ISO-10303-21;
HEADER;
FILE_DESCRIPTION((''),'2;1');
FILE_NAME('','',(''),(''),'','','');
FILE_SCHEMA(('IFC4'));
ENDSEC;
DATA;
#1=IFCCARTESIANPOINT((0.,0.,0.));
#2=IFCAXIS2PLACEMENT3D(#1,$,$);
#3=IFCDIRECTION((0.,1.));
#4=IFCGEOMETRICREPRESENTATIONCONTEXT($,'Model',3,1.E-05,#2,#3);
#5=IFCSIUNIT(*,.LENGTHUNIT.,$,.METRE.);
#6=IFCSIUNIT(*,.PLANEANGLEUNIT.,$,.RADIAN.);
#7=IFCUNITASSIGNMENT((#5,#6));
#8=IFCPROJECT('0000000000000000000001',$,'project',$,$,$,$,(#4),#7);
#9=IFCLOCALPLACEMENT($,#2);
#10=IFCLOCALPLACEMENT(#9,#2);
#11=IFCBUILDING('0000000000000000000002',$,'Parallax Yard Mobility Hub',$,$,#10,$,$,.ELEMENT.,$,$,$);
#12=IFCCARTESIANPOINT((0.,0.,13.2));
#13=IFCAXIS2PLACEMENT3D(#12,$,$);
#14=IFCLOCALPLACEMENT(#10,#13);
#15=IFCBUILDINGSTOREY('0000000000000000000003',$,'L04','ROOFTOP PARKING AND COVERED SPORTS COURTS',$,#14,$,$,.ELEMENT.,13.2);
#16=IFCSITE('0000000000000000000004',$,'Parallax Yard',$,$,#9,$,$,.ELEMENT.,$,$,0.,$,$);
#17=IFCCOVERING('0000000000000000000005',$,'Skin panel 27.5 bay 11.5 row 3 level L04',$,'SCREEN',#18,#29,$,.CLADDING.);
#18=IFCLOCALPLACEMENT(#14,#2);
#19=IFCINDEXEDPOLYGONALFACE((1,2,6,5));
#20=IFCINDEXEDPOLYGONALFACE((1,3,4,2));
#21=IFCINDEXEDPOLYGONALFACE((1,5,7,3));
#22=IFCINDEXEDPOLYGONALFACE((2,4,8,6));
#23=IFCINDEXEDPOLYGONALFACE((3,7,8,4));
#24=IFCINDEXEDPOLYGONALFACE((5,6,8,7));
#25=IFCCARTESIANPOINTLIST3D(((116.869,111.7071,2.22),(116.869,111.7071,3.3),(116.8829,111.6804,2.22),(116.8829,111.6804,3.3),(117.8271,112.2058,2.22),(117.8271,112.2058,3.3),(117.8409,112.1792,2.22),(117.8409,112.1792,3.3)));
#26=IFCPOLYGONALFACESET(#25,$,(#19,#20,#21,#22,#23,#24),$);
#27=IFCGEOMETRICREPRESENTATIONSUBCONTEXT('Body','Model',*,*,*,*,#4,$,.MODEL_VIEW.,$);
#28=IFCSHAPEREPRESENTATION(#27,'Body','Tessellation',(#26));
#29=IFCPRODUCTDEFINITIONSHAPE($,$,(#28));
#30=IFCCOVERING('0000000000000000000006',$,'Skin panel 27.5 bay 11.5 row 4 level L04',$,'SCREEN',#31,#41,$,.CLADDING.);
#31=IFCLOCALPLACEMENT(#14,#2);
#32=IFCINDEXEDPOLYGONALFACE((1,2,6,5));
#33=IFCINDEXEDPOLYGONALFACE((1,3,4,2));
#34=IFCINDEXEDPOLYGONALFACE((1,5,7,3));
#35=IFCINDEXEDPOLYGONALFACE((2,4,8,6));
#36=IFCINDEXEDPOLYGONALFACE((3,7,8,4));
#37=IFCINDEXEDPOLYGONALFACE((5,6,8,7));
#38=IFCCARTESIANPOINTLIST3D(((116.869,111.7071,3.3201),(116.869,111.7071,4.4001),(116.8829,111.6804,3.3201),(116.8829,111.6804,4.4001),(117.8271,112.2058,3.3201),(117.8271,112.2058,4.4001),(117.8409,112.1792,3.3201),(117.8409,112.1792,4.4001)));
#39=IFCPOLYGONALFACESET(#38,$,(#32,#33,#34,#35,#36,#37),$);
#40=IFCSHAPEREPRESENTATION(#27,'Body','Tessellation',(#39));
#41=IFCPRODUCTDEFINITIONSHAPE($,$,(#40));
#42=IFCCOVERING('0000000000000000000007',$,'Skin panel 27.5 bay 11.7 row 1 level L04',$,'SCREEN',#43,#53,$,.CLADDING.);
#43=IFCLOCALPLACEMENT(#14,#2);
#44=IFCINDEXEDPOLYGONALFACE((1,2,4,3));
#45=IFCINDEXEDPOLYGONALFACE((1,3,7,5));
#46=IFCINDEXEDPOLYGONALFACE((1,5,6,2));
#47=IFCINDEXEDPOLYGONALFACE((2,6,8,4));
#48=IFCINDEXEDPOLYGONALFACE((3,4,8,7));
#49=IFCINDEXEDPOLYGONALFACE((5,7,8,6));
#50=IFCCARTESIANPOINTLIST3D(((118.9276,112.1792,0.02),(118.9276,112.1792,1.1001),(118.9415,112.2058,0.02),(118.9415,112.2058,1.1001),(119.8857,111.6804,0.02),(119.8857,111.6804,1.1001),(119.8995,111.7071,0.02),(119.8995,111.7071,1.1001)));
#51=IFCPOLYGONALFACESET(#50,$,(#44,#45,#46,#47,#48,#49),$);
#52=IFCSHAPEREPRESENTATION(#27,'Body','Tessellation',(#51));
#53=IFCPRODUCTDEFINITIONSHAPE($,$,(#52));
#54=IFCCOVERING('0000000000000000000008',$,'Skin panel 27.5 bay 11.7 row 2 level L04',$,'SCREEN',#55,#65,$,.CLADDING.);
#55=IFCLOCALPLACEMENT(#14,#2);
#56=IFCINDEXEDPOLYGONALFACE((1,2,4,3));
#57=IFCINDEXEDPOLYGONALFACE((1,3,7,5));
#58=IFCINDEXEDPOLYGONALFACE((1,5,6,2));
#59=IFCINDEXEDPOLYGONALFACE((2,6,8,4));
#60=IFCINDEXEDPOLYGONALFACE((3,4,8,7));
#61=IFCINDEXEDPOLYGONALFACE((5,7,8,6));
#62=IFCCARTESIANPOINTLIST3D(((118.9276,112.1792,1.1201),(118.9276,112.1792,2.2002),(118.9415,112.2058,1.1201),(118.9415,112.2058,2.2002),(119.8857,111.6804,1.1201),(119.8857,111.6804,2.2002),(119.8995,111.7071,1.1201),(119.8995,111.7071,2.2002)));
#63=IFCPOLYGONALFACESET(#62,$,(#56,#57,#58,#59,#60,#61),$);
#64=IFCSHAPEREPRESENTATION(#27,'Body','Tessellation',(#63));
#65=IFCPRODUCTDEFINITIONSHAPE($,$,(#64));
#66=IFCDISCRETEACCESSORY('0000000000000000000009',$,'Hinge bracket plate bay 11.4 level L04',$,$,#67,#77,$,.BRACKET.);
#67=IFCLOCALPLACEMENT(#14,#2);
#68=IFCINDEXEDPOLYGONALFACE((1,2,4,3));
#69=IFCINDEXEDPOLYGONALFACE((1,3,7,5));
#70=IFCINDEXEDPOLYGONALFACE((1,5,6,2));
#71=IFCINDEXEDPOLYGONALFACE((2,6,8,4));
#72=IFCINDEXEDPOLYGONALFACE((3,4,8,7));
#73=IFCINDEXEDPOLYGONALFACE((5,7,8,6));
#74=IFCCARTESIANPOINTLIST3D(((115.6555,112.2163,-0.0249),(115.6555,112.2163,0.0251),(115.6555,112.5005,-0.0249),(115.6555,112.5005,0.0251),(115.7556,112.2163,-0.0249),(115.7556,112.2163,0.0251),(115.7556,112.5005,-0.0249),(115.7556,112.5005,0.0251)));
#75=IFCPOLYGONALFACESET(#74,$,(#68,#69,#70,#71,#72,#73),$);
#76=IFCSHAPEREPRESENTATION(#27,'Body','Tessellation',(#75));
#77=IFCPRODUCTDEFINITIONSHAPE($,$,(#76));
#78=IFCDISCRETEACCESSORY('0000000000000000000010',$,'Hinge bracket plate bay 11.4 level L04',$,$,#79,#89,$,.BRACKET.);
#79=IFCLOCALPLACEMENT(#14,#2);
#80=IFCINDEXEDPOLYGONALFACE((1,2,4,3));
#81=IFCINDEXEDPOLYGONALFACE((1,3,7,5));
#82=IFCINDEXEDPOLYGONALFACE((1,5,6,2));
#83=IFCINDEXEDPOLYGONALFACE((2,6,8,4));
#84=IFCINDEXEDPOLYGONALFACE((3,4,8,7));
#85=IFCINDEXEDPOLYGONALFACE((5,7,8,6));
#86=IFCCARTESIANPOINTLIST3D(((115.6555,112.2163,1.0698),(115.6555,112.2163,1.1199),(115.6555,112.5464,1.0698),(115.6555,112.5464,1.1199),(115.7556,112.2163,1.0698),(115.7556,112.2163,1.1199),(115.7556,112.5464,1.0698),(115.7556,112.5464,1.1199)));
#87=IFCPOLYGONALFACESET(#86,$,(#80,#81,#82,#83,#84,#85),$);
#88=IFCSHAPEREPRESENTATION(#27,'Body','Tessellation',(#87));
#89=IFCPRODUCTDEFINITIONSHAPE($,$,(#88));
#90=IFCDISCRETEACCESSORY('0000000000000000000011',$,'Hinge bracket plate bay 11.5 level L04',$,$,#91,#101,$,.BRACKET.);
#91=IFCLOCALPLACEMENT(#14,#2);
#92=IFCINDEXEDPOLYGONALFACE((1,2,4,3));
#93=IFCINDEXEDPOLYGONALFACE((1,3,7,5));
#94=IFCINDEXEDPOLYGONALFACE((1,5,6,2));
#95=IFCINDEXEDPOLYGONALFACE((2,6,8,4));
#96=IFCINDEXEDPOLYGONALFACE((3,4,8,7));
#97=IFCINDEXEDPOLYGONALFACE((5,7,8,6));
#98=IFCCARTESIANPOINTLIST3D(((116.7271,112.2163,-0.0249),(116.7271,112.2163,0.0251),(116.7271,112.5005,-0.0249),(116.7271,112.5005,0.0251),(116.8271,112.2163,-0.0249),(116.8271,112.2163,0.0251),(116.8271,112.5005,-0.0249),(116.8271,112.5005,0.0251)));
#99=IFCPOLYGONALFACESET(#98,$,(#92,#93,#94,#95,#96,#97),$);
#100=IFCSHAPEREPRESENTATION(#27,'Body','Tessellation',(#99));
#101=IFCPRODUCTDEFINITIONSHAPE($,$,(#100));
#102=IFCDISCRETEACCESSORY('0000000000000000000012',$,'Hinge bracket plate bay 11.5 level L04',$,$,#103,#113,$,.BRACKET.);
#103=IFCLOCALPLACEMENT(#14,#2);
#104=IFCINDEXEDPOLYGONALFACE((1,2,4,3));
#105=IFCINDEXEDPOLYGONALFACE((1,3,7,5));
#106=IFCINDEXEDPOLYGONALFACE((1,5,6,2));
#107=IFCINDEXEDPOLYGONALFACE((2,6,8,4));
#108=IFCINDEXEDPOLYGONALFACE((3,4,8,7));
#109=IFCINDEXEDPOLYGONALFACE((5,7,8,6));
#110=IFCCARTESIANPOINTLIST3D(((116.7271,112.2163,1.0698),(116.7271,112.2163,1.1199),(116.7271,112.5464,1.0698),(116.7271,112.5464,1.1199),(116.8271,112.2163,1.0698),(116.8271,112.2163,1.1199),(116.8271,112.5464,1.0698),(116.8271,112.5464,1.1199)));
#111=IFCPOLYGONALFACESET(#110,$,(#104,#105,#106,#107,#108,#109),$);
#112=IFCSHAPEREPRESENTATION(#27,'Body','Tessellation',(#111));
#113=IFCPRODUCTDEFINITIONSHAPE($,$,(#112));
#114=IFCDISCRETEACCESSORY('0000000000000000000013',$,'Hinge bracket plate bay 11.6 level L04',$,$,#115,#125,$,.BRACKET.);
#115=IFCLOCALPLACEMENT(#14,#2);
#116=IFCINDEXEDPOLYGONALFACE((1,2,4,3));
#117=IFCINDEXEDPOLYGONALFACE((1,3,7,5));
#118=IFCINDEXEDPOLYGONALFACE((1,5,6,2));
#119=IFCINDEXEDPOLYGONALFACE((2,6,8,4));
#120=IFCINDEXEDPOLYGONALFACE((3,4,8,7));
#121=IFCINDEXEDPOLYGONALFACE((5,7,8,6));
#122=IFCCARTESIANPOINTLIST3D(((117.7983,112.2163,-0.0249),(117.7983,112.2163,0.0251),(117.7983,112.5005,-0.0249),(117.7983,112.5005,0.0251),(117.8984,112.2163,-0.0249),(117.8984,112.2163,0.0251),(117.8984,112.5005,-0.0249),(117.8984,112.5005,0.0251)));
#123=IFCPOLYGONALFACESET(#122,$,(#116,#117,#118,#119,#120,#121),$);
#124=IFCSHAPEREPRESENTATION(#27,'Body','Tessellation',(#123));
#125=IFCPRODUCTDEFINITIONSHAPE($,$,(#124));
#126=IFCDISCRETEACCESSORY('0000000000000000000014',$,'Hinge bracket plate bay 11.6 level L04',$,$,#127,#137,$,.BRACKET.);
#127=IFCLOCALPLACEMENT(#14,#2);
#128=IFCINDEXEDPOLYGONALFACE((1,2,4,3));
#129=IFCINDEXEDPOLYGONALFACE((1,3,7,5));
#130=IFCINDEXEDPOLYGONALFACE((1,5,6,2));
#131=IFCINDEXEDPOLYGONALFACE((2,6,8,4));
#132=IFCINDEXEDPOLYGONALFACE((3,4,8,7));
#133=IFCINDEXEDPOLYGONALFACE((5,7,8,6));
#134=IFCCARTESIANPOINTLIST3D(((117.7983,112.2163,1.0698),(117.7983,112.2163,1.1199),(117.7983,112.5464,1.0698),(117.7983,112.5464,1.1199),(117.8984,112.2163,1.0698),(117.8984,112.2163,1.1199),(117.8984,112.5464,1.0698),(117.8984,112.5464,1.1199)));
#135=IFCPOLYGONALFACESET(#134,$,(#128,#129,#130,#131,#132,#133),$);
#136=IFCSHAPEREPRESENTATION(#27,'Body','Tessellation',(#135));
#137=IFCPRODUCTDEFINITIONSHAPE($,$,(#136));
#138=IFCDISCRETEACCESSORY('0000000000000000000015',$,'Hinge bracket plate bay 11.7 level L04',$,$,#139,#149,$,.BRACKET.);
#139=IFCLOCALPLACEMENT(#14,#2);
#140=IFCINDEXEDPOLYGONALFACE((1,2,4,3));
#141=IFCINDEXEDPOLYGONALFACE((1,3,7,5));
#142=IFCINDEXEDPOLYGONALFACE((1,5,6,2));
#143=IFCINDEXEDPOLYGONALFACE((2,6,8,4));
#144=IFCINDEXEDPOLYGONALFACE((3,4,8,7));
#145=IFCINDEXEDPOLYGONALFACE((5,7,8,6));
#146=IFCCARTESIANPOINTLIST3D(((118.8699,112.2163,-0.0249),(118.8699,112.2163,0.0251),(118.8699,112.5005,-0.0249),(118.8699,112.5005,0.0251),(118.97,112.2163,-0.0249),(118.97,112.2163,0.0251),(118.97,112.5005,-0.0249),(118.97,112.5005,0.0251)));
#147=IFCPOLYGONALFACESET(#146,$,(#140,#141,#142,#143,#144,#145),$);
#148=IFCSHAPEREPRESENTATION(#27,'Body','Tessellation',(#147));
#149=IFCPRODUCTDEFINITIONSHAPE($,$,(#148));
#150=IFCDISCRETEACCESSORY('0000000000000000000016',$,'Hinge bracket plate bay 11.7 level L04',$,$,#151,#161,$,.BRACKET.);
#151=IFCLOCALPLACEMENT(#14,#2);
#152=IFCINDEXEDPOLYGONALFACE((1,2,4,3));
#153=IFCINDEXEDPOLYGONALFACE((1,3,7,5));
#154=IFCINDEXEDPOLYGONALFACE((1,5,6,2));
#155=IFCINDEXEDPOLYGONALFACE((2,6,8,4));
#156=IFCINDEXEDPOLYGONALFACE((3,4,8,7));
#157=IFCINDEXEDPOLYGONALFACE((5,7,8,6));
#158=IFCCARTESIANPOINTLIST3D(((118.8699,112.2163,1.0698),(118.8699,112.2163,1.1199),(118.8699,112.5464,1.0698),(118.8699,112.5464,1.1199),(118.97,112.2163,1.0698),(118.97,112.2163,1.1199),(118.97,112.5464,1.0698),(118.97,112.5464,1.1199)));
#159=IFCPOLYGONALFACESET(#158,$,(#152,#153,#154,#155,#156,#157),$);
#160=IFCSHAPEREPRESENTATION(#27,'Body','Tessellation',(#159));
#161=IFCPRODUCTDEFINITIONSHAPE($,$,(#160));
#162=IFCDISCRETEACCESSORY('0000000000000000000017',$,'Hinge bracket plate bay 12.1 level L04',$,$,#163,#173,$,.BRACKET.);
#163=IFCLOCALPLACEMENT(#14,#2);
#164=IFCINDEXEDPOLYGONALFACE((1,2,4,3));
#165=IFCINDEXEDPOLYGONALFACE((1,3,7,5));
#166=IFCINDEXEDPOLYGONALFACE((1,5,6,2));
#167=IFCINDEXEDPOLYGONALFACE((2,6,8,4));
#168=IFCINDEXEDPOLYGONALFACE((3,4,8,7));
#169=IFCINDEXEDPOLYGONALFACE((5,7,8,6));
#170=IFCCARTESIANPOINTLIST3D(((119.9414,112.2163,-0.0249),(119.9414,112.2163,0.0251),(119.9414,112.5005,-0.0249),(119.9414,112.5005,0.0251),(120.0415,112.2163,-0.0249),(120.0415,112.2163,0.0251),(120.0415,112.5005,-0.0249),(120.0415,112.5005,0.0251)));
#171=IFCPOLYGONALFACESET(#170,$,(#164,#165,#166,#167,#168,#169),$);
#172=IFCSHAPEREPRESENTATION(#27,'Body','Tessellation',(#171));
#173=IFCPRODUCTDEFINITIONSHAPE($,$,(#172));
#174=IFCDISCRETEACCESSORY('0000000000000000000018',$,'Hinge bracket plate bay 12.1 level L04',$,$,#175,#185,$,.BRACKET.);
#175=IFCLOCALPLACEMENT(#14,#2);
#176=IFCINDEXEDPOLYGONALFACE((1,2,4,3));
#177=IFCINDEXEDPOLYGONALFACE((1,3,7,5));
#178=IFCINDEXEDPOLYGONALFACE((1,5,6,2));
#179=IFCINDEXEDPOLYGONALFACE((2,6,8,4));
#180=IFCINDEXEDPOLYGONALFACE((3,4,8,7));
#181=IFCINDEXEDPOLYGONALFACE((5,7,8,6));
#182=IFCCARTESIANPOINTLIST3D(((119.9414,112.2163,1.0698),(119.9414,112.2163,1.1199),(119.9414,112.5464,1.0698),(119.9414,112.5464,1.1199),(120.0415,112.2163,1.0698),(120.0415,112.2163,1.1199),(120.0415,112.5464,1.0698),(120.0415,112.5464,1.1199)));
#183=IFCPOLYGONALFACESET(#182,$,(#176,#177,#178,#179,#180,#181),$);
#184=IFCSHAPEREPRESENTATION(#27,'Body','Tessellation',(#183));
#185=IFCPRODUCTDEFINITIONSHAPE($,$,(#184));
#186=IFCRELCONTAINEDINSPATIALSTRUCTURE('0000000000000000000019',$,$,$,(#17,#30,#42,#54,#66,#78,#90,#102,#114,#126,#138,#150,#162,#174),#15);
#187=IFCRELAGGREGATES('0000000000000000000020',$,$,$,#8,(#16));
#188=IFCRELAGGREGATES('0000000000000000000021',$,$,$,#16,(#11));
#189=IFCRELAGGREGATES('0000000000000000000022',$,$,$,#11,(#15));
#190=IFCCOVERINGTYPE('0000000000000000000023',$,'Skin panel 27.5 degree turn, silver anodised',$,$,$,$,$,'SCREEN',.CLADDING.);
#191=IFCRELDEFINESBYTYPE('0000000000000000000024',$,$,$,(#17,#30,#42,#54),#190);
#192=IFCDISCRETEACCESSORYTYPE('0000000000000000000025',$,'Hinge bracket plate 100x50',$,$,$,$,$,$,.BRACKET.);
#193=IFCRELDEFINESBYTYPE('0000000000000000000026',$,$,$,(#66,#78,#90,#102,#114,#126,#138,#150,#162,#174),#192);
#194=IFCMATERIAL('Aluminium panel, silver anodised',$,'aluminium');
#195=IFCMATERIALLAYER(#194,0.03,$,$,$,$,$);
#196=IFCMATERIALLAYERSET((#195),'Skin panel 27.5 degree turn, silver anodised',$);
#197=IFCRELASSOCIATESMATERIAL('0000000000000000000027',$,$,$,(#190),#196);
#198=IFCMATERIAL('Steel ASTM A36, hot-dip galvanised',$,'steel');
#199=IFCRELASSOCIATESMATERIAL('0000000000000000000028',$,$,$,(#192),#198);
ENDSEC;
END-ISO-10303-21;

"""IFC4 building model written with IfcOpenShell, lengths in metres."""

from ifc_helpers import new_model, si_unit, direction, frame, origin, origin_2d, place, context, subcontext, project, spatial, rectangle, extrude, material, layer, layer_set, type_object, element, save


model = new_model("IFC4")

# Units and contexts
model_context = context("Model", 3, precision=1e-05, world=origin(), true_north=direction((0.0, 1.0)))
body_context = subcontext(model_context, "Body", "Model", "MODEL_VIEW")
ifc_project = project(units=[si_unit("LENGTHUNIT", "METRE"), si_unit("PLANEANGLEUNIT", "RADIAN")], contexts=[model_context])

# Site, building, storey
site_placement = place(None, origin())
site = spatial("IfcSite", under=ifc_project, at=site_placement, Name="Parallax Yard", CompositionType="ELEMENT", RefElevation=0.0)
building_placement = place(site_placement, origin())
building = spatial("IfcBuilding", under=site, at=building_placement, Name="Parallax Yard Mobility Hub", CompositionType="ELEMENT")
storey_placement = place(building_placement, frame((0.0, 0.0, 13.2)))
storey = spatial("IfcBuildingStorey", under=building, at=storey_placement, Name="L04", Description="ROOFTOP PARKING AND COVERED SPORTS COURTS", CompositionType="ELEMENT", Elevation=13.2)

# Coverings
ifc_material_1 = material(Name="Aluminium panel, silver anodised", Category="aluminium")
ifc_layer_1 = layer(ifc_material_1, 0.03)
ifc_layer_set_1 = layer_set([ifc_layer_1], Name="Skin panel 27.5 degree turn, silver anodised")
covering_type_1 = type_object("IfcCoveringType", Name="Skin panel 27.5 degree turn, silver anodised", ElementType="SCREEN", PredefinedType="CLADDING", material=ifc_layer_set_1)
for number, where, z_axis, x_axis, name in (
    (1, (117.355, 111.9431, 2.22), (0.0, 0.0, 1.0), (-0.887011, -0.461749, 0.0), "Skin panel 27.5 bay 11.5 row 3 level L04"),
    (2, (117.355, 111.9431, 3.3201), (0.0, 0.0, 1.0), (-0.887011, -0.461749, 0.0), "Skin panel 27.5 bay 11.5 row 4 level L04"),
    (3, (119.4136, 111.9431, 0.02), (0.0, 0.0, 1.0), (0.887011, -0.461749, 0.0), "Skin panel 27.5 bay 11.7 row 1 level L04"),
    (4, (119.4136, 111.9431, 1.1201), (0.0, 0.0, 1.0), (0.887011, -0.461749, 0.0), "Skin panel 27.5 bay 11.7 row 2 level L04"),
):
    element("IfcCovering", number, at=place(storey_placement, frame(where, z_axis=z_axis, x_axis=x_axis)), inside=storey, type_object=covering_type_1, Name=name, ObjectType="SCREEN", PredefinedType="CLADDING", context=body_context, shape_type="SweptSolid", body=[
        extrude(rectangle(XDim=1.0801, YDim=0.03, at=origin_2d()), origin(), (0.0, 0.0, 1.0), 1.0801),
    ])

# Discrete accessories
ifc_material_2 = material(Name="Steel ASTM A36, hot-dip galvanised", Category="steel")
discrete_accessory_type_1 = type_object("IfcDiscreteAccessoryType", Name="Hinge bracket plate 100x50", PredefinedType="BRACKET", material=ifc_material_2)
discrete_accessory_1_placement = place(storey_placement, frame((115.7056, 112.3584, -0.0249), z_axis=(0.0, 0.0, 1.0), x_axis=(0.0, -1.0, 0.0)))
element("IfcDiscreteAccessory", 5, at=discrete_accessory_1_placement, inside=storey, type_object=discrete_accessory_type_1, Name="Hinge bracket plate bay 11.4 level L04", PredefinedType="BRACKET", context=body_context, shape_type="SweptSolid", body=[
    extrude(rectangle(XDim=0.2842, YDim=0.1001, at=origin_2d()), origin(), (0.0, 0.0, 1.0), 0.05),
])
discrete_accessory_2_placement = place(storey_placement, frame((115.7056, 112.3813, 1.0698), z_axis=(0.0, 0.0, 1.0), x_axis=(0.0, -1.0, 0.0)))
element("IfcDiscreteAccessory", 6, at=discrete_accessory_2_placement, inside=storey, type_object=discrete_accessory_type_1, Name="Hinge bracket plate bay 11.4 level L04", PredefinedType="BRACKET", context=body_context, shape_type="SweptSolid", body=[
    extrude(rectangle(XDim=0.3301, YDim=0.1001, at=origin_2d()), origin(), (0.0, 0.0, 1.0), 0.05),
])
discrete_accessory_3_placement = place(storey_placement, frame((116.7771, 112.3584, -0.0249), z_axis=(0.0, 0.0, 1.0), x_axis=(0.0, -1.0, 0.0)))
element("IfcDiscreteAccessory", 7, at=discrete_accessory_3_placement, inside=storey, type_object=discrete_accessory_type_1, Name="Hinge bracket plate bay 11.5 level L04", PredefinedType="BRACKET", context=body_context, shape_type="SweptSolid", body=[
    extrude(rectangle(XDim=0.2842, YDim=0.1001, at=origin_2d()), origin(), (0.0, 0.0, 1.0), 0.05),
])
discrete_accessory_4_placement = place(storey_placement, frame((116.7771, 112.3813, 1.0698), z_axis=(0.0, 0.0, 1.0), x_axis=(0.0, -1.0, 0.0)))
element("IfcDiscreteAccessory", 8, at=discrete_accessory_4_placement, inside=storey, type_object=discrete_accessory_type_1, Name="Hinge bracket plate bay 11.5 level L04", PredefinedType="BRACKET", context=body_context, shape_type="SweptSolid", body=[
    extrude(rectangle(XDim=0.3301, YDim=0.1001, at=origin_2d()), origin(), (0.0, 0.0, 1.0), 0.05),
])
discrete_accessory_5_placement = place(storey_placement, frame((117.8484, 112.3584, -0.0249), z_axis=(0.0, 0.0, 1.0), x_axis=(0.0, -1.0, 0.0)))
element("IfcDiscreteAccessory", 9, at=discrete_accessory_5_placement, inside=storey, type_object=discrete_accessory_type_1, Name="Hinge bracket plate bay 11.6 level L04", PredefinedType="BRACKET", context=body_context, shape_type="SweptSolid", body=[
    extrude(rectangle(XDim=0.2842, YDim=0.1001, at=origin_2d()), origin(), (0.0, 0.0, 1.0), 0.05),
])
discrete_accessory_6_placement = place(storey_placement, frame((117.8484, 112.3813, 1.0698), z_axis=(0.0, 0.0, 1.0), x_axis=(0.0, -1.0, 0.0)))
element("IfcDiscreteAccessory", 10, at=discrete_accessory_6_placement, inside=storey, type_object=discrete_accessory_type_1, Name="Hinge bracket plate bay 11.6 level L04", PredefinedType="BRACKET", context=body_context, shape_type="SweptSolid", body=[
    extrude(rectangle(XDim=0.3301, YDim=0.1001, at=origin_2d()), origin(), (0.0, 0.0, 1.0), 0.05),
])
discrete_accessory_7_placement = place(storey_placement, frame((118.9199, 112.3584, -0.0249), z_axis=(0.0, 0.0, 1.0), x_axis=(0.0, -1.0, 0.0)))
element("IfcDiscreteAccessory", 11, at=discrete_accessory_7_placement, inside=storey, type_object=discrete_accessory_type_1, Name="Hinge bracket plate bay 11.7 level L04", PredefinedType="BRACKET", context=body_context, shape_type="SweptSolid", body=[
    extrude(rectangle(XDim=0.2842, YDim=0.1001, at=origin_2d()), origin(), (0.0, 0.0, 1.0), 0.05),
])
discrete_accessory_8_placement = place(storey_placement, frame((118.9199, 112.3813, 1.0698), z_axis=(0.0, 0.0, 1.0), x_axis=(0.0, -1.0, 0.0)))
element("IfcDiscreteAccessory", 12, at=discrete_accessory_8_placement, inside=storey, type_object=discrete_accessory_type_1, Name="Hinge bracket plate bay 11.7 level L04", PredefinedType="BRACKET", context=body_context, shape_type="SweptSolid", body=[
    extrude(rectangle(XDim=0.3301, YDim=0.1001, at=origin_2d()), origin(), (0.0, 0.0, 1.0), 0.05),
])
discrete_accessory_9_placement = place(storey_placement, frame((119.9915, 112.3584, -0.0249), z_axis=(0.0, 0.0, 1.0), x_axis=(0.0, -1.0, 0.0)))
element("IfcDiscreteAccessory", 13, at=discrete_accessory_9_placement, inside=storey, type_object=discrete_accessory_type_1, Name="Hinge bracket plate bay 12.1 level L04", PredefinedType="BRACKET", context=body_context, shape_type="SweptSolid", body=[
    extrude(rectangle(XDim=0.2842, YDim=0.1001, at=origin_2d()), origin(), (0.0, 0.0, 1.0), 0.05),
])
discrete_accessory_10_placement = place(storey_placement, frame((119.9915, 112.3813, 1.0698), z_axis=(0.0, 0.0, 1.0), x_axis=(0.0, -1.0, 0.0)))
element("IfcDiscreteAccessory", 14, at=discrete_accessory_10_placement, inside=storey, type_object=discrete_accessory_type_1, Name="Hinge bracket plate bay 12.1 level L04", PredefinedType="BRACKET", context=body_context, shape_type="SweptSolid", body=[
    extrude(rectangle(XDim=0.3301, YDim=0.1001, at=origin_2d()), origin(), (0.0, 0.0, 1.0), 0.05),
])

save(model, "model.ifc")
